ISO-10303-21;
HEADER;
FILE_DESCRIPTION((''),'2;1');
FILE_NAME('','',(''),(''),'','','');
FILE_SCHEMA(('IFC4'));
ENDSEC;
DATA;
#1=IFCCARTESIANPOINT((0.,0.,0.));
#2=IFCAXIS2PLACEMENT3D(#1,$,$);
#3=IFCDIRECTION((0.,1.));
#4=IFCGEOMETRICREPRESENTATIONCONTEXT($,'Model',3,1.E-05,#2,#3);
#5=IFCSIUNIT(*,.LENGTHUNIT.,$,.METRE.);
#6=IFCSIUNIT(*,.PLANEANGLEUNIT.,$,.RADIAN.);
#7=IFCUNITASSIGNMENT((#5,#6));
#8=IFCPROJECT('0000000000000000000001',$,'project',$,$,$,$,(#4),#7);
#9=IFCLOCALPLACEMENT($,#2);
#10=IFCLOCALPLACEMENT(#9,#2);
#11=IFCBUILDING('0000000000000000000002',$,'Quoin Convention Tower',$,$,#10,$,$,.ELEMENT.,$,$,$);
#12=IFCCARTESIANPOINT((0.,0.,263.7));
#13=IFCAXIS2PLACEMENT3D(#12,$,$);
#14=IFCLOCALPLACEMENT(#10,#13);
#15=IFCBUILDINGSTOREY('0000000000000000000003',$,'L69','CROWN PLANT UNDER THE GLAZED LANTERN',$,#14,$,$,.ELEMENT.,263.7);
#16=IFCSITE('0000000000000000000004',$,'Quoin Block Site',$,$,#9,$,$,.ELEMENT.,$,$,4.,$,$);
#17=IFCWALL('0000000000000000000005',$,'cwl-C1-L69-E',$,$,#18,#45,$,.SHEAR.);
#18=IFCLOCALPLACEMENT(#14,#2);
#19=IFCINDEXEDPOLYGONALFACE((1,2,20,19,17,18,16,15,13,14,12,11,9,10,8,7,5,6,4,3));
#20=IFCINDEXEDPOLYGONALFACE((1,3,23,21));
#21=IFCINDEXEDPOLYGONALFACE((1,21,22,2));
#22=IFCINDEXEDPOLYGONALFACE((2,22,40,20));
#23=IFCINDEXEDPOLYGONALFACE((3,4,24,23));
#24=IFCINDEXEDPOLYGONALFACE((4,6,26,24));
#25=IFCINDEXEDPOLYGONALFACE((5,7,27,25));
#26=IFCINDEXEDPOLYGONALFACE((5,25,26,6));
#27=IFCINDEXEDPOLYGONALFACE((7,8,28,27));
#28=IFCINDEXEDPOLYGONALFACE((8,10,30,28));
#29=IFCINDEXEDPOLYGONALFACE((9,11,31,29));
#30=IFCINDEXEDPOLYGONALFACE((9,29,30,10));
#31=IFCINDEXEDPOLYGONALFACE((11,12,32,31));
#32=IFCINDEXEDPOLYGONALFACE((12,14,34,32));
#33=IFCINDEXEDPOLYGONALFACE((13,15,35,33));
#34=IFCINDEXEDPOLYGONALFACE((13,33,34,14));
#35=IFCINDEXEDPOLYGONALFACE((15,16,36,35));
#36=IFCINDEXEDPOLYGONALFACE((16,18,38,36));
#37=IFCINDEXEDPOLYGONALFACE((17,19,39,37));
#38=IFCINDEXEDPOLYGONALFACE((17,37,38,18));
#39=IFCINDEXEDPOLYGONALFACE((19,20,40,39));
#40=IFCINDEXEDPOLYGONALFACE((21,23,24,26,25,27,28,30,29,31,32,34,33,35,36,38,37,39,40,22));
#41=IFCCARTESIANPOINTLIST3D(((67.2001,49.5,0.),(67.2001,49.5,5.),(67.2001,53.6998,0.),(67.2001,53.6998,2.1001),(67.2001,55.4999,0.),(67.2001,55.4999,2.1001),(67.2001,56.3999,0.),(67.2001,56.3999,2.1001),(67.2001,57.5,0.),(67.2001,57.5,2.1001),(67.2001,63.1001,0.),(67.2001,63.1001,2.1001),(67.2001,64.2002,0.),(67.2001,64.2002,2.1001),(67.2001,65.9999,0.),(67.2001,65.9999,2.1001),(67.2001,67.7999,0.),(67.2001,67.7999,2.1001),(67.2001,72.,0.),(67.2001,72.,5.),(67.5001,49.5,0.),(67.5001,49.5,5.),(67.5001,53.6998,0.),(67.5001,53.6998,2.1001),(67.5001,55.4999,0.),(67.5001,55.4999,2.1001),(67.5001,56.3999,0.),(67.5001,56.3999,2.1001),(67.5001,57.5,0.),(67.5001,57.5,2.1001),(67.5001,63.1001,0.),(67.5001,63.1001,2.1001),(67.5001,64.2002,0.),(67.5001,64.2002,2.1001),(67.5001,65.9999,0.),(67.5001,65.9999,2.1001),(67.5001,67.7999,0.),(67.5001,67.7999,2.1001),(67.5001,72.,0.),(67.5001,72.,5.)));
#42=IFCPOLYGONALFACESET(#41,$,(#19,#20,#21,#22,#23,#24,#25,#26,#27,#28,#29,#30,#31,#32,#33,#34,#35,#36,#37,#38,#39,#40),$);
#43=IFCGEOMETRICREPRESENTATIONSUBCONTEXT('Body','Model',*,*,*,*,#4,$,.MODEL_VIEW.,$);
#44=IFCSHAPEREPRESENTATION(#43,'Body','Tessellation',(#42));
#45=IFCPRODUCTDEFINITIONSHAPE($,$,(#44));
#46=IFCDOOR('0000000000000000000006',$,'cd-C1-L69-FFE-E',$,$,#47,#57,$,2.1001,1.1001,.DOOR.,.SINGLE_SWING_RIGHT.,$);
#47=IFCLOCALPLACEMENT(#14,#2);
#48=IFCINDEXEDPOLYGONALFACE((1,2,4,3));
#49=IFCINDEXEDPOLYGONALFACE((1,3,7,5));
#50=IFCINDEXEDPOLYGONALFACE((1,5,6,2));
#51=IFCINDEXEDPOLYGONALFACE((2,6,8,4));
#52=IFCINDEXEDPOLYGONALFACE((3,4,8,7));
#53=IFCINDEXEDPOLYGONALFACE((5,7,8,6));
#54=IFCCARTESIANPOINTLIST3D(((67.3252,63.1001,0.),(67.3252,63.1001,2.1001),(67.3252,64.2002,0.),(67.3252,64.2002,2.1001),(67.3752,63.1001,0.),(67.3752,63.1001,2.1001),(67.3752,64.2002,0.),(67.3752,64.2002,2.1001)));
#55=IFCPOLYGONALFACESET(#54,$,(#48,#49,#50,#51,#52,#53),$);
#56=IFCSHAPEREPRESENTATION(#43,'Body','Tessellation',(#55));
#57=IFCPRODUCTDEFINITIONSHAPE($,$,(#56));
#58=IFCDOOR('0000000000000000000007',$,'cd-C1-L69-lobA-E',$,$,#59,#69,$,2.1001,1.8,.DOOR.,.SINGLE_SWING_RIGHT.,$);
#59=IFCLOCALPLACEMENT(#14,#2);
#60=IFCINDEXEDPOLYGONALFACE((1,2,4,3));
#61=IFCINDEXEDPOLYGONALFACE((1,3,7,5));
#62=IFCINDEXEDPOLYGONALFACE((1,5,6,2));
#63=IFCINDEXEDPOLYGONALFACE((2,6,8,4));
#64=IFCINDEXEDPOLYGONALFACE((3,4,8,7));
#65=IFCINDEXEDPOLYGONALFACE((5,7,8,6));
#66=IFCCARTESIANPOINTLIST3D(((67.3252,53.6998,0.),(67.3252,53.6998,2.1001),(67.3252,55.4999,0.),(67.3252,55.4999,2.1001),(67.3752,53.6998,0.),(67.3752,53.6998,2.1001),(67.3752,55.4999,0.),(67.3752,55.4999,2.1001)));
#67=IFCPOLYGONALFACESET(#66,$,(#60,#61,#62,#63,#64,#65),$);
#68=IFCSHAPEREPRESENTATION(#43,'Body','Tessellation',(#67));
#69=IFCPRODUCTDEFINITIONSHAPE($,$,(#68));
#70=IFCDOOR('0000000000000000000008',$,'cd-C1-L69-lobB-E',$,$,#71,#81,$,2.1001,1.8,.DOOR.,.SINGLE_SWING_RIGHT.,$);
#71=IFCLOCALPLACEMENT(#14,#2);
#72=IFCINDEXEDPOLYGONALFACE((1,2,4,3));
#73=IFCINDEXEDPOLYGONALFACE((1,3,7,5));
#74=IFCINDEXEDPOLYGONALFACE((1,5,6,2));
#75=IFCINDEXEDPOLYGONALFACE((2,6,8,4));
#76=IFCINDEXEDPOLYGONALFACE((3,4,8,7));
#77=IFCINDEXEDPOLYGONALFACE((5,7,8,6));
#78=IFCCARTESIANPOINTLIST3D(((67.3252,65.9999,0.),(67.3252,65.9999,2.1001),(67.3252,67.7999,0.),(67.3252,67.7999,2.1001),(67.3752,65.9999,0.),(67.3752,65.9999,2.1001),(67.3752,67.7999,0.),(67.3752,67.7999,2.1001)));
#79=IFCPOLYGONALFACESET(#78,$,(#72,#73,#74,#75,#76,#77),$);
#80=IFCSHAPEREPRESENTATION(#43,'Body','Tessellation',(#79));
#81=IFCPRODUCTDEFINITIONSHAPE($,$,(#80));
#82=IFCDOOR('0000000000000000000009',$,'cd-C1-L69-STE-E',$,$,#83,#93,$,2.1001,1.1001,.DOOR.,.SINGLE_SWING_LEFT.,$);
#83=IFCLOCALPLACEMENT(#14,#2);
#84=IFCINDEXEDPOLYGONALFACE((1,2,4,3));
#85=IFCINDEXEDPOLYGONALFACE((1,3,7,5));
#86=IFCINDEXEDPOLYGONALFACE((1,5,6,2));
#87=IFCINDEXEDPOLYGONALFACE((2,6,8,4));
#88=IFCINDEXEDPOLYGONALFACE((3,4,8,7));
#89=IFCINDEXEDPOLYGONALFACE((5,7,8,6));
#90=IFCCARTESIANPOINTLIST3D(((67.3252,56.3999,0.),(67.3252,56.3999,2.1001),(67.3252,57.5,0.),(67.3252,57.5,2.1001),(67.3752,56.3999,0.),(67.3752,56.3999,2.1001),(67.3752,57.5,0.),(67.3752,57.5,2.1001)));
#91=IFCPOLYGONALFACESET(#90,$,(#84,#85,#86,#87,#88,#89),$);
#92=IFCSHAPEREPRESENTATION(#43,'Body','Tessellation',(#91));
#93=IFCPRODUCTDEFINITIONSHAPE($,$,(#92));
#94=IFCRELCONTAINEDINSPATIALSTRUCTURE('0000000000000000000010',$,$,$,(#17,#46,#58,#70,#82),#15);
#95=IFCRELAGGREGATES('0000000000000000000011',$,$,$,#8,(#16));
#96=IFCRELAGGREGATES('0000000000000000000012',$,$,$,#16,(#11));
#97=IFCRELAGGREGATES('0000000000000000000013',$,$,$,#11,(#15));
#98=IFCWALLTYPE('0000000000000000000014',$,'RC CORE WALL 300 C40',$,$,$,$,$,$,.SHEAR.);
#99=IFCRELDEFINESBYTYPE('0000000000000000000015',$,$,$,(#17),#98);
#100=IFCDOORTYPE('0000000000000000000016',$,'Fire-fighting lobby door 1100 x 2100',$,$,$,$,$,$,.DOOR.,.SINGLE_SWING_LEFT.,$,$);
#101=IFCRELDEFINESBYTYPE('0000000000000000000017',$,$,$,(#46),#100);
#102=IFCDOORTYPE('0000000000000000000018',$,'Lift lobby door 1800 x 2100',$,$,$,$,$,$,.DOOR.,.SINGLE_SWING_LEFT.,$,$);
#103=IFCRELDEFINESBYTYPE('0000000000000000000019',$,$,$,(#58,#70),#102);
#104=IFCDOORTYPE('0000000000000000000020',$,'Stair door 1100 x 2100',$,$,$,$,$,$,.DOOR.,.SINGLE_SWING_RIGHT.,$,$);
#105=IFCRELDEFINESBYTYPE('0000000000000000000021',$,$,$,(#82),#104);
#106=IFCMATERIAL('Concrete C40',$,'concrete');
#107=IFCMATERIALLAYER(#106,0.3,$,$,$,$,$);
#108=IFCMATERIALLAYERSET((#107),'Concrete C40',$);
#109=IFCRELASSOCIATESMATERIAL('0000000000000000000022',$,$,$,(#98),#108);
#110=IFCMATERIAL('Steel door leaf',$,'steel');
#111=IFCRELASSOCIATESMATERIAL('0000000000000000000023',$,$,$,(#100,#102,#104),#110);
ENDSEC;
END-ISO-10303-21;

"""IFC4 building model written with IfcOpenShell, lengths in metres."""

from ifc_helpers import new_model, si_unit, direction, frame, frame_2d, origin, place, context, subcontext, project, spatial, rectangle, extrude, material, layer, layer_set, type_object, element, fill, save


model = new_model("IFC4")

# Units and contexts
model_context = context("Model", 3, precision=1e-05, world=origin(), true_north=direction((0.0, 1.0)))
body_context = subcontext(model_context, "Body", "Model", "MODEL_VIEW")
ifc_project = project(units=[si_unit("LENGTHUNIT", "METRE"), si_unit("PLANEANGLEUNIT", "RADIAN")], contexts=[model_context])

# Site, building, storey
site_placement = place(None, origin())
site = spatial("IfcSite", under=ifc_project, at=site_placement, Name="Quoin Block Site", CompositionType="ELEMENT", RefElevation=4.0)
building_placement = place(site_placement, origin())
building = spatial("IfcBuilding", under=site, at=building_placement, Name="Quoin Convention Tower", CompositionType="ELEMENT")
storey_placement = place(building_placement, frame((0.0, 0.0, 263.7)))
storey = spatial("IfcBuildingStorey", under=building, at=storey_placement, Name="L69", Description="CROWN PLANT UNDER THE GLAZED LANTERN", CompositionType="ELEMENT", Elevation=263.7)

# Shared definitions
ifc_material_1 = material(Name="Steel door leaf", Category="steel")

# Wall, openings, doors
ifc_material_2 = material(Name="Concrete C40", Category="concrete")
ifc_layer_1 = layer(ifc_material_2, 0.3)
ifc_layer_set_1 = layer_set([ifc_layer_1], Name="Concrete C40")
wall_type_1 = type_object("IfcWallType", Name="RC CORE WALL 300 C40", PredefinedType="SHEAR", material=ifc_layer_set_1)
wall_1_placement = place(storey_placement, frame((67.3501, 49.5, 0.0), z_axis=(0.0, 0.0, 1.0), x_axis=(0.0, 1.0, 0.0)))
wall_1 = element("IfcWall", 1, at=wall_1_placement, inside=storey, type_object=wall_type_1, Name="cwl-C1-L69-E", PredefinedType="SHEAR", context=body_context, shape_type="SweptSolid", body=[
    extrude(rectangle(XDim=22.5, YDim=0.3, at=frame_2d((11.25, 0.0))), origin(), (0.0, 0.0, 1.0), 5.0),
])
opening_1_placement = place(wall_1_placement, frame((4.2, 0.0, 0.0)))
opening_1 = element("IfcOpeningElement", 2, at=opening_1_placement, cuts=wall_1, PredefinedType="OPENING", context=body_context, shape_type="SweptSolid", body=[
    extrude(rectangle(XDim=1.8, YDim=2.1001, at=frame_2d((0.8999, 1.05))), frame((0.0, 0.1599, 0.0), z_axis=(0.0, -1.0, 0.0), x_axis=(1.0, 0.0, 0.0)), (0.0, 0.0, 1.0), 0.3201),
])
opening_2_placement = place(wall_1_placement, frame((6.8999, 0.0, 0.0)))
opening_2 = element("IfcOpeningElement", 3, at=opening_2_placement, cuts=wall_1, PredefinedType="OPENING", context=body_context, shape_type="SweptSolid", body=[
    extrude(rectangle(XDim=1.1001, YDim=2.1001, at=frame_2d((0.55, 1.05))), frame((0.0, 0.1599, 0.0), z_axis=(0.0, -1.0, 0.0), x_axis=(1.0, 0.0, 0.0)), (0.0, 0.0, 1.0), 0.3201),
])
opening_3_placement = place(wall_1_placement, frame((13.6001, 0.0, 0.0)))
opening_3 = element("IfcOpeningElement", 4, at=opening_3_placement, cuts=wall_1, PredefinedType="OPENING", context=body_context, shape_type="SweptSolid", body=[
    extrude(rectangle(XDim=1.1001, YDim=2.1001, at=frame_2d((0.55, 1.05))), frame((0.0, 0.1599, 0.0), z_axis=(0.0, -1.0, 0.0), x_axis=(1.0, 0.0, 0.0)), (0.0, 0.0, 1.0), 0.3201),
])
opening_4_placement = place(wall_1_placement, frame((16.5, 0.0, 0.0)))
opening_4 = element("IfcOpeningElement", 5, at=opening_4_placement, cuts=wall_1, PredefinedType="OPENING", context=body_context, shape_type="SweptSolid", body=[
    extrude(rectangle(XDim=1.8, YDim=2.1001, at=frame_2d((0.8999, 1.05))), frame((0.0, 0.1599, 0.0), z_axis=(0.0, -1.0, 0.0), x_axis=(1.0, 0.0, 0.0)), (0.0, 0.0, 1.0), 0.3201),
])
door_type_1 = type_object("IfcDoorType", Name="Fire-fighting lobby door 1100 x 2100", OperationType="SINGLE_SWING_LEFT", PredefinedType="DOOR", material=ifc_material_1)
door_1_placement = place(opening_3_placement, origin())
door_1 = element("IfcDoor", 6, at=door_1_placement, inside=storey, type_object=door_type_1, Name="cd-C1-L69-FFE-E", OperationType="SINGLE_SWING_RIGHT", OverallHeight=2.1001, OverallWidth=1.1001, PredefinedType="DOOR", context=body_context, shape_type="SweptSolid", body=[
    extrude(rectangle(XDim=1.1001, YDim=2.1001, at=frame_2d((0.55, 1.05))), frame((0.0, 0.0249, 0.0), z_axis=(0.0, -1.0, 0.0), x_axis=(1.0, 0.0, 0.0)), (0.0, 0.0, 1.0), 0.05),
])
fill(opening_3, door_1)
door_type_2 = type_object("IfcDoorType", Name="Lift lobby door 1800 x 2100", OperationType="SINGLE_SWING_LEFT", PredefinedType="DOOR", material=ifc_material_1)
door_2_placement = place(opening_1_placement, origin())
door_2 = element("IfcDoor", 7, at=door_2_placement, inside=storey, type_object=door_type_2, Name="cd-C1-L69-lobA-E", OperationType="SINGLE_SWING_RIGHT", OverallHeight=2.1001, OverallWidth=1.8, PredefinedType="DOOR", context=body_context, shape_type="SweptSolid", body=[
    extrude(rectangle(XDim=1.8, YDim=2.1001, at=frame_2d((0.8999, 1.05))), frame((0.0, 0.0249, 0.0), z_axis=(0.0, -1.0, 0.0), x_axis=(1.0, 0.0, 0.0)), (0.0, 0.0, 1.0), 0.05),
])
fill(opening_1, door_2)
door_3_placement = place(opening_4_placement, origin())
door_3 = element("IfcDoor", 8, at=door_3_placement, inside=storey, type_object=door_type_2, Name="cd-C1-L69-lobB-E", OperationType="SINGLE_SWING_RIGHT", OverallHeight=2.1001, OverallWidth=1.8, PredefinedType="DOOR", context=body_context, shape_type="SweptSolid", body=[
    extrude(rectangle(XDim=1.8, YDim=2.1001, at=frame_2d((0.8999, 1.05))), frame((0.0, 0.0249, 0.0), z_axis=(0.0, -1.0, 0.0), x_axis=(1.0, 0.0, 0.0)), (0.0, 0.0, 1.0), 0.05),
])
fill(opening_4, door_3)
door_type_3 = type_object("IfcDoorType", Name="Stair door 1100 x 2100", OperationType="SINGLE_SWING_RIGHT", PredefinedType="DOOR", material=ifc_material_1)
door_4_placement = place(opening_2_placement, origin())
door_4 = element("IfcDoor", 9, at=door_4_placement, inside=storey, type_object=door_type_3, Name="cd-C1-L69-STE-E", OperationType="SINGLE_SWING_LEFT", OverallHeight=2.1001, OverallWidth=1.1001, PredefinedType="DOOR", context=body_context, shape_type="SweptSolid", body=[
    extrude(rectangle(XDim=1.1001, YDim=2.1001, at=frame_2d((0.55, 1.05))), frame((0.0, 0.0249, 0.0), z_axis=(0.0, -1.0, 0.0), x_axis=(1.0, 0.0, 0.0)), (0.0, 0.0, 1.0), 0.05),
])
fill(opening_2, door_4)

save(model, "model.ifc")
